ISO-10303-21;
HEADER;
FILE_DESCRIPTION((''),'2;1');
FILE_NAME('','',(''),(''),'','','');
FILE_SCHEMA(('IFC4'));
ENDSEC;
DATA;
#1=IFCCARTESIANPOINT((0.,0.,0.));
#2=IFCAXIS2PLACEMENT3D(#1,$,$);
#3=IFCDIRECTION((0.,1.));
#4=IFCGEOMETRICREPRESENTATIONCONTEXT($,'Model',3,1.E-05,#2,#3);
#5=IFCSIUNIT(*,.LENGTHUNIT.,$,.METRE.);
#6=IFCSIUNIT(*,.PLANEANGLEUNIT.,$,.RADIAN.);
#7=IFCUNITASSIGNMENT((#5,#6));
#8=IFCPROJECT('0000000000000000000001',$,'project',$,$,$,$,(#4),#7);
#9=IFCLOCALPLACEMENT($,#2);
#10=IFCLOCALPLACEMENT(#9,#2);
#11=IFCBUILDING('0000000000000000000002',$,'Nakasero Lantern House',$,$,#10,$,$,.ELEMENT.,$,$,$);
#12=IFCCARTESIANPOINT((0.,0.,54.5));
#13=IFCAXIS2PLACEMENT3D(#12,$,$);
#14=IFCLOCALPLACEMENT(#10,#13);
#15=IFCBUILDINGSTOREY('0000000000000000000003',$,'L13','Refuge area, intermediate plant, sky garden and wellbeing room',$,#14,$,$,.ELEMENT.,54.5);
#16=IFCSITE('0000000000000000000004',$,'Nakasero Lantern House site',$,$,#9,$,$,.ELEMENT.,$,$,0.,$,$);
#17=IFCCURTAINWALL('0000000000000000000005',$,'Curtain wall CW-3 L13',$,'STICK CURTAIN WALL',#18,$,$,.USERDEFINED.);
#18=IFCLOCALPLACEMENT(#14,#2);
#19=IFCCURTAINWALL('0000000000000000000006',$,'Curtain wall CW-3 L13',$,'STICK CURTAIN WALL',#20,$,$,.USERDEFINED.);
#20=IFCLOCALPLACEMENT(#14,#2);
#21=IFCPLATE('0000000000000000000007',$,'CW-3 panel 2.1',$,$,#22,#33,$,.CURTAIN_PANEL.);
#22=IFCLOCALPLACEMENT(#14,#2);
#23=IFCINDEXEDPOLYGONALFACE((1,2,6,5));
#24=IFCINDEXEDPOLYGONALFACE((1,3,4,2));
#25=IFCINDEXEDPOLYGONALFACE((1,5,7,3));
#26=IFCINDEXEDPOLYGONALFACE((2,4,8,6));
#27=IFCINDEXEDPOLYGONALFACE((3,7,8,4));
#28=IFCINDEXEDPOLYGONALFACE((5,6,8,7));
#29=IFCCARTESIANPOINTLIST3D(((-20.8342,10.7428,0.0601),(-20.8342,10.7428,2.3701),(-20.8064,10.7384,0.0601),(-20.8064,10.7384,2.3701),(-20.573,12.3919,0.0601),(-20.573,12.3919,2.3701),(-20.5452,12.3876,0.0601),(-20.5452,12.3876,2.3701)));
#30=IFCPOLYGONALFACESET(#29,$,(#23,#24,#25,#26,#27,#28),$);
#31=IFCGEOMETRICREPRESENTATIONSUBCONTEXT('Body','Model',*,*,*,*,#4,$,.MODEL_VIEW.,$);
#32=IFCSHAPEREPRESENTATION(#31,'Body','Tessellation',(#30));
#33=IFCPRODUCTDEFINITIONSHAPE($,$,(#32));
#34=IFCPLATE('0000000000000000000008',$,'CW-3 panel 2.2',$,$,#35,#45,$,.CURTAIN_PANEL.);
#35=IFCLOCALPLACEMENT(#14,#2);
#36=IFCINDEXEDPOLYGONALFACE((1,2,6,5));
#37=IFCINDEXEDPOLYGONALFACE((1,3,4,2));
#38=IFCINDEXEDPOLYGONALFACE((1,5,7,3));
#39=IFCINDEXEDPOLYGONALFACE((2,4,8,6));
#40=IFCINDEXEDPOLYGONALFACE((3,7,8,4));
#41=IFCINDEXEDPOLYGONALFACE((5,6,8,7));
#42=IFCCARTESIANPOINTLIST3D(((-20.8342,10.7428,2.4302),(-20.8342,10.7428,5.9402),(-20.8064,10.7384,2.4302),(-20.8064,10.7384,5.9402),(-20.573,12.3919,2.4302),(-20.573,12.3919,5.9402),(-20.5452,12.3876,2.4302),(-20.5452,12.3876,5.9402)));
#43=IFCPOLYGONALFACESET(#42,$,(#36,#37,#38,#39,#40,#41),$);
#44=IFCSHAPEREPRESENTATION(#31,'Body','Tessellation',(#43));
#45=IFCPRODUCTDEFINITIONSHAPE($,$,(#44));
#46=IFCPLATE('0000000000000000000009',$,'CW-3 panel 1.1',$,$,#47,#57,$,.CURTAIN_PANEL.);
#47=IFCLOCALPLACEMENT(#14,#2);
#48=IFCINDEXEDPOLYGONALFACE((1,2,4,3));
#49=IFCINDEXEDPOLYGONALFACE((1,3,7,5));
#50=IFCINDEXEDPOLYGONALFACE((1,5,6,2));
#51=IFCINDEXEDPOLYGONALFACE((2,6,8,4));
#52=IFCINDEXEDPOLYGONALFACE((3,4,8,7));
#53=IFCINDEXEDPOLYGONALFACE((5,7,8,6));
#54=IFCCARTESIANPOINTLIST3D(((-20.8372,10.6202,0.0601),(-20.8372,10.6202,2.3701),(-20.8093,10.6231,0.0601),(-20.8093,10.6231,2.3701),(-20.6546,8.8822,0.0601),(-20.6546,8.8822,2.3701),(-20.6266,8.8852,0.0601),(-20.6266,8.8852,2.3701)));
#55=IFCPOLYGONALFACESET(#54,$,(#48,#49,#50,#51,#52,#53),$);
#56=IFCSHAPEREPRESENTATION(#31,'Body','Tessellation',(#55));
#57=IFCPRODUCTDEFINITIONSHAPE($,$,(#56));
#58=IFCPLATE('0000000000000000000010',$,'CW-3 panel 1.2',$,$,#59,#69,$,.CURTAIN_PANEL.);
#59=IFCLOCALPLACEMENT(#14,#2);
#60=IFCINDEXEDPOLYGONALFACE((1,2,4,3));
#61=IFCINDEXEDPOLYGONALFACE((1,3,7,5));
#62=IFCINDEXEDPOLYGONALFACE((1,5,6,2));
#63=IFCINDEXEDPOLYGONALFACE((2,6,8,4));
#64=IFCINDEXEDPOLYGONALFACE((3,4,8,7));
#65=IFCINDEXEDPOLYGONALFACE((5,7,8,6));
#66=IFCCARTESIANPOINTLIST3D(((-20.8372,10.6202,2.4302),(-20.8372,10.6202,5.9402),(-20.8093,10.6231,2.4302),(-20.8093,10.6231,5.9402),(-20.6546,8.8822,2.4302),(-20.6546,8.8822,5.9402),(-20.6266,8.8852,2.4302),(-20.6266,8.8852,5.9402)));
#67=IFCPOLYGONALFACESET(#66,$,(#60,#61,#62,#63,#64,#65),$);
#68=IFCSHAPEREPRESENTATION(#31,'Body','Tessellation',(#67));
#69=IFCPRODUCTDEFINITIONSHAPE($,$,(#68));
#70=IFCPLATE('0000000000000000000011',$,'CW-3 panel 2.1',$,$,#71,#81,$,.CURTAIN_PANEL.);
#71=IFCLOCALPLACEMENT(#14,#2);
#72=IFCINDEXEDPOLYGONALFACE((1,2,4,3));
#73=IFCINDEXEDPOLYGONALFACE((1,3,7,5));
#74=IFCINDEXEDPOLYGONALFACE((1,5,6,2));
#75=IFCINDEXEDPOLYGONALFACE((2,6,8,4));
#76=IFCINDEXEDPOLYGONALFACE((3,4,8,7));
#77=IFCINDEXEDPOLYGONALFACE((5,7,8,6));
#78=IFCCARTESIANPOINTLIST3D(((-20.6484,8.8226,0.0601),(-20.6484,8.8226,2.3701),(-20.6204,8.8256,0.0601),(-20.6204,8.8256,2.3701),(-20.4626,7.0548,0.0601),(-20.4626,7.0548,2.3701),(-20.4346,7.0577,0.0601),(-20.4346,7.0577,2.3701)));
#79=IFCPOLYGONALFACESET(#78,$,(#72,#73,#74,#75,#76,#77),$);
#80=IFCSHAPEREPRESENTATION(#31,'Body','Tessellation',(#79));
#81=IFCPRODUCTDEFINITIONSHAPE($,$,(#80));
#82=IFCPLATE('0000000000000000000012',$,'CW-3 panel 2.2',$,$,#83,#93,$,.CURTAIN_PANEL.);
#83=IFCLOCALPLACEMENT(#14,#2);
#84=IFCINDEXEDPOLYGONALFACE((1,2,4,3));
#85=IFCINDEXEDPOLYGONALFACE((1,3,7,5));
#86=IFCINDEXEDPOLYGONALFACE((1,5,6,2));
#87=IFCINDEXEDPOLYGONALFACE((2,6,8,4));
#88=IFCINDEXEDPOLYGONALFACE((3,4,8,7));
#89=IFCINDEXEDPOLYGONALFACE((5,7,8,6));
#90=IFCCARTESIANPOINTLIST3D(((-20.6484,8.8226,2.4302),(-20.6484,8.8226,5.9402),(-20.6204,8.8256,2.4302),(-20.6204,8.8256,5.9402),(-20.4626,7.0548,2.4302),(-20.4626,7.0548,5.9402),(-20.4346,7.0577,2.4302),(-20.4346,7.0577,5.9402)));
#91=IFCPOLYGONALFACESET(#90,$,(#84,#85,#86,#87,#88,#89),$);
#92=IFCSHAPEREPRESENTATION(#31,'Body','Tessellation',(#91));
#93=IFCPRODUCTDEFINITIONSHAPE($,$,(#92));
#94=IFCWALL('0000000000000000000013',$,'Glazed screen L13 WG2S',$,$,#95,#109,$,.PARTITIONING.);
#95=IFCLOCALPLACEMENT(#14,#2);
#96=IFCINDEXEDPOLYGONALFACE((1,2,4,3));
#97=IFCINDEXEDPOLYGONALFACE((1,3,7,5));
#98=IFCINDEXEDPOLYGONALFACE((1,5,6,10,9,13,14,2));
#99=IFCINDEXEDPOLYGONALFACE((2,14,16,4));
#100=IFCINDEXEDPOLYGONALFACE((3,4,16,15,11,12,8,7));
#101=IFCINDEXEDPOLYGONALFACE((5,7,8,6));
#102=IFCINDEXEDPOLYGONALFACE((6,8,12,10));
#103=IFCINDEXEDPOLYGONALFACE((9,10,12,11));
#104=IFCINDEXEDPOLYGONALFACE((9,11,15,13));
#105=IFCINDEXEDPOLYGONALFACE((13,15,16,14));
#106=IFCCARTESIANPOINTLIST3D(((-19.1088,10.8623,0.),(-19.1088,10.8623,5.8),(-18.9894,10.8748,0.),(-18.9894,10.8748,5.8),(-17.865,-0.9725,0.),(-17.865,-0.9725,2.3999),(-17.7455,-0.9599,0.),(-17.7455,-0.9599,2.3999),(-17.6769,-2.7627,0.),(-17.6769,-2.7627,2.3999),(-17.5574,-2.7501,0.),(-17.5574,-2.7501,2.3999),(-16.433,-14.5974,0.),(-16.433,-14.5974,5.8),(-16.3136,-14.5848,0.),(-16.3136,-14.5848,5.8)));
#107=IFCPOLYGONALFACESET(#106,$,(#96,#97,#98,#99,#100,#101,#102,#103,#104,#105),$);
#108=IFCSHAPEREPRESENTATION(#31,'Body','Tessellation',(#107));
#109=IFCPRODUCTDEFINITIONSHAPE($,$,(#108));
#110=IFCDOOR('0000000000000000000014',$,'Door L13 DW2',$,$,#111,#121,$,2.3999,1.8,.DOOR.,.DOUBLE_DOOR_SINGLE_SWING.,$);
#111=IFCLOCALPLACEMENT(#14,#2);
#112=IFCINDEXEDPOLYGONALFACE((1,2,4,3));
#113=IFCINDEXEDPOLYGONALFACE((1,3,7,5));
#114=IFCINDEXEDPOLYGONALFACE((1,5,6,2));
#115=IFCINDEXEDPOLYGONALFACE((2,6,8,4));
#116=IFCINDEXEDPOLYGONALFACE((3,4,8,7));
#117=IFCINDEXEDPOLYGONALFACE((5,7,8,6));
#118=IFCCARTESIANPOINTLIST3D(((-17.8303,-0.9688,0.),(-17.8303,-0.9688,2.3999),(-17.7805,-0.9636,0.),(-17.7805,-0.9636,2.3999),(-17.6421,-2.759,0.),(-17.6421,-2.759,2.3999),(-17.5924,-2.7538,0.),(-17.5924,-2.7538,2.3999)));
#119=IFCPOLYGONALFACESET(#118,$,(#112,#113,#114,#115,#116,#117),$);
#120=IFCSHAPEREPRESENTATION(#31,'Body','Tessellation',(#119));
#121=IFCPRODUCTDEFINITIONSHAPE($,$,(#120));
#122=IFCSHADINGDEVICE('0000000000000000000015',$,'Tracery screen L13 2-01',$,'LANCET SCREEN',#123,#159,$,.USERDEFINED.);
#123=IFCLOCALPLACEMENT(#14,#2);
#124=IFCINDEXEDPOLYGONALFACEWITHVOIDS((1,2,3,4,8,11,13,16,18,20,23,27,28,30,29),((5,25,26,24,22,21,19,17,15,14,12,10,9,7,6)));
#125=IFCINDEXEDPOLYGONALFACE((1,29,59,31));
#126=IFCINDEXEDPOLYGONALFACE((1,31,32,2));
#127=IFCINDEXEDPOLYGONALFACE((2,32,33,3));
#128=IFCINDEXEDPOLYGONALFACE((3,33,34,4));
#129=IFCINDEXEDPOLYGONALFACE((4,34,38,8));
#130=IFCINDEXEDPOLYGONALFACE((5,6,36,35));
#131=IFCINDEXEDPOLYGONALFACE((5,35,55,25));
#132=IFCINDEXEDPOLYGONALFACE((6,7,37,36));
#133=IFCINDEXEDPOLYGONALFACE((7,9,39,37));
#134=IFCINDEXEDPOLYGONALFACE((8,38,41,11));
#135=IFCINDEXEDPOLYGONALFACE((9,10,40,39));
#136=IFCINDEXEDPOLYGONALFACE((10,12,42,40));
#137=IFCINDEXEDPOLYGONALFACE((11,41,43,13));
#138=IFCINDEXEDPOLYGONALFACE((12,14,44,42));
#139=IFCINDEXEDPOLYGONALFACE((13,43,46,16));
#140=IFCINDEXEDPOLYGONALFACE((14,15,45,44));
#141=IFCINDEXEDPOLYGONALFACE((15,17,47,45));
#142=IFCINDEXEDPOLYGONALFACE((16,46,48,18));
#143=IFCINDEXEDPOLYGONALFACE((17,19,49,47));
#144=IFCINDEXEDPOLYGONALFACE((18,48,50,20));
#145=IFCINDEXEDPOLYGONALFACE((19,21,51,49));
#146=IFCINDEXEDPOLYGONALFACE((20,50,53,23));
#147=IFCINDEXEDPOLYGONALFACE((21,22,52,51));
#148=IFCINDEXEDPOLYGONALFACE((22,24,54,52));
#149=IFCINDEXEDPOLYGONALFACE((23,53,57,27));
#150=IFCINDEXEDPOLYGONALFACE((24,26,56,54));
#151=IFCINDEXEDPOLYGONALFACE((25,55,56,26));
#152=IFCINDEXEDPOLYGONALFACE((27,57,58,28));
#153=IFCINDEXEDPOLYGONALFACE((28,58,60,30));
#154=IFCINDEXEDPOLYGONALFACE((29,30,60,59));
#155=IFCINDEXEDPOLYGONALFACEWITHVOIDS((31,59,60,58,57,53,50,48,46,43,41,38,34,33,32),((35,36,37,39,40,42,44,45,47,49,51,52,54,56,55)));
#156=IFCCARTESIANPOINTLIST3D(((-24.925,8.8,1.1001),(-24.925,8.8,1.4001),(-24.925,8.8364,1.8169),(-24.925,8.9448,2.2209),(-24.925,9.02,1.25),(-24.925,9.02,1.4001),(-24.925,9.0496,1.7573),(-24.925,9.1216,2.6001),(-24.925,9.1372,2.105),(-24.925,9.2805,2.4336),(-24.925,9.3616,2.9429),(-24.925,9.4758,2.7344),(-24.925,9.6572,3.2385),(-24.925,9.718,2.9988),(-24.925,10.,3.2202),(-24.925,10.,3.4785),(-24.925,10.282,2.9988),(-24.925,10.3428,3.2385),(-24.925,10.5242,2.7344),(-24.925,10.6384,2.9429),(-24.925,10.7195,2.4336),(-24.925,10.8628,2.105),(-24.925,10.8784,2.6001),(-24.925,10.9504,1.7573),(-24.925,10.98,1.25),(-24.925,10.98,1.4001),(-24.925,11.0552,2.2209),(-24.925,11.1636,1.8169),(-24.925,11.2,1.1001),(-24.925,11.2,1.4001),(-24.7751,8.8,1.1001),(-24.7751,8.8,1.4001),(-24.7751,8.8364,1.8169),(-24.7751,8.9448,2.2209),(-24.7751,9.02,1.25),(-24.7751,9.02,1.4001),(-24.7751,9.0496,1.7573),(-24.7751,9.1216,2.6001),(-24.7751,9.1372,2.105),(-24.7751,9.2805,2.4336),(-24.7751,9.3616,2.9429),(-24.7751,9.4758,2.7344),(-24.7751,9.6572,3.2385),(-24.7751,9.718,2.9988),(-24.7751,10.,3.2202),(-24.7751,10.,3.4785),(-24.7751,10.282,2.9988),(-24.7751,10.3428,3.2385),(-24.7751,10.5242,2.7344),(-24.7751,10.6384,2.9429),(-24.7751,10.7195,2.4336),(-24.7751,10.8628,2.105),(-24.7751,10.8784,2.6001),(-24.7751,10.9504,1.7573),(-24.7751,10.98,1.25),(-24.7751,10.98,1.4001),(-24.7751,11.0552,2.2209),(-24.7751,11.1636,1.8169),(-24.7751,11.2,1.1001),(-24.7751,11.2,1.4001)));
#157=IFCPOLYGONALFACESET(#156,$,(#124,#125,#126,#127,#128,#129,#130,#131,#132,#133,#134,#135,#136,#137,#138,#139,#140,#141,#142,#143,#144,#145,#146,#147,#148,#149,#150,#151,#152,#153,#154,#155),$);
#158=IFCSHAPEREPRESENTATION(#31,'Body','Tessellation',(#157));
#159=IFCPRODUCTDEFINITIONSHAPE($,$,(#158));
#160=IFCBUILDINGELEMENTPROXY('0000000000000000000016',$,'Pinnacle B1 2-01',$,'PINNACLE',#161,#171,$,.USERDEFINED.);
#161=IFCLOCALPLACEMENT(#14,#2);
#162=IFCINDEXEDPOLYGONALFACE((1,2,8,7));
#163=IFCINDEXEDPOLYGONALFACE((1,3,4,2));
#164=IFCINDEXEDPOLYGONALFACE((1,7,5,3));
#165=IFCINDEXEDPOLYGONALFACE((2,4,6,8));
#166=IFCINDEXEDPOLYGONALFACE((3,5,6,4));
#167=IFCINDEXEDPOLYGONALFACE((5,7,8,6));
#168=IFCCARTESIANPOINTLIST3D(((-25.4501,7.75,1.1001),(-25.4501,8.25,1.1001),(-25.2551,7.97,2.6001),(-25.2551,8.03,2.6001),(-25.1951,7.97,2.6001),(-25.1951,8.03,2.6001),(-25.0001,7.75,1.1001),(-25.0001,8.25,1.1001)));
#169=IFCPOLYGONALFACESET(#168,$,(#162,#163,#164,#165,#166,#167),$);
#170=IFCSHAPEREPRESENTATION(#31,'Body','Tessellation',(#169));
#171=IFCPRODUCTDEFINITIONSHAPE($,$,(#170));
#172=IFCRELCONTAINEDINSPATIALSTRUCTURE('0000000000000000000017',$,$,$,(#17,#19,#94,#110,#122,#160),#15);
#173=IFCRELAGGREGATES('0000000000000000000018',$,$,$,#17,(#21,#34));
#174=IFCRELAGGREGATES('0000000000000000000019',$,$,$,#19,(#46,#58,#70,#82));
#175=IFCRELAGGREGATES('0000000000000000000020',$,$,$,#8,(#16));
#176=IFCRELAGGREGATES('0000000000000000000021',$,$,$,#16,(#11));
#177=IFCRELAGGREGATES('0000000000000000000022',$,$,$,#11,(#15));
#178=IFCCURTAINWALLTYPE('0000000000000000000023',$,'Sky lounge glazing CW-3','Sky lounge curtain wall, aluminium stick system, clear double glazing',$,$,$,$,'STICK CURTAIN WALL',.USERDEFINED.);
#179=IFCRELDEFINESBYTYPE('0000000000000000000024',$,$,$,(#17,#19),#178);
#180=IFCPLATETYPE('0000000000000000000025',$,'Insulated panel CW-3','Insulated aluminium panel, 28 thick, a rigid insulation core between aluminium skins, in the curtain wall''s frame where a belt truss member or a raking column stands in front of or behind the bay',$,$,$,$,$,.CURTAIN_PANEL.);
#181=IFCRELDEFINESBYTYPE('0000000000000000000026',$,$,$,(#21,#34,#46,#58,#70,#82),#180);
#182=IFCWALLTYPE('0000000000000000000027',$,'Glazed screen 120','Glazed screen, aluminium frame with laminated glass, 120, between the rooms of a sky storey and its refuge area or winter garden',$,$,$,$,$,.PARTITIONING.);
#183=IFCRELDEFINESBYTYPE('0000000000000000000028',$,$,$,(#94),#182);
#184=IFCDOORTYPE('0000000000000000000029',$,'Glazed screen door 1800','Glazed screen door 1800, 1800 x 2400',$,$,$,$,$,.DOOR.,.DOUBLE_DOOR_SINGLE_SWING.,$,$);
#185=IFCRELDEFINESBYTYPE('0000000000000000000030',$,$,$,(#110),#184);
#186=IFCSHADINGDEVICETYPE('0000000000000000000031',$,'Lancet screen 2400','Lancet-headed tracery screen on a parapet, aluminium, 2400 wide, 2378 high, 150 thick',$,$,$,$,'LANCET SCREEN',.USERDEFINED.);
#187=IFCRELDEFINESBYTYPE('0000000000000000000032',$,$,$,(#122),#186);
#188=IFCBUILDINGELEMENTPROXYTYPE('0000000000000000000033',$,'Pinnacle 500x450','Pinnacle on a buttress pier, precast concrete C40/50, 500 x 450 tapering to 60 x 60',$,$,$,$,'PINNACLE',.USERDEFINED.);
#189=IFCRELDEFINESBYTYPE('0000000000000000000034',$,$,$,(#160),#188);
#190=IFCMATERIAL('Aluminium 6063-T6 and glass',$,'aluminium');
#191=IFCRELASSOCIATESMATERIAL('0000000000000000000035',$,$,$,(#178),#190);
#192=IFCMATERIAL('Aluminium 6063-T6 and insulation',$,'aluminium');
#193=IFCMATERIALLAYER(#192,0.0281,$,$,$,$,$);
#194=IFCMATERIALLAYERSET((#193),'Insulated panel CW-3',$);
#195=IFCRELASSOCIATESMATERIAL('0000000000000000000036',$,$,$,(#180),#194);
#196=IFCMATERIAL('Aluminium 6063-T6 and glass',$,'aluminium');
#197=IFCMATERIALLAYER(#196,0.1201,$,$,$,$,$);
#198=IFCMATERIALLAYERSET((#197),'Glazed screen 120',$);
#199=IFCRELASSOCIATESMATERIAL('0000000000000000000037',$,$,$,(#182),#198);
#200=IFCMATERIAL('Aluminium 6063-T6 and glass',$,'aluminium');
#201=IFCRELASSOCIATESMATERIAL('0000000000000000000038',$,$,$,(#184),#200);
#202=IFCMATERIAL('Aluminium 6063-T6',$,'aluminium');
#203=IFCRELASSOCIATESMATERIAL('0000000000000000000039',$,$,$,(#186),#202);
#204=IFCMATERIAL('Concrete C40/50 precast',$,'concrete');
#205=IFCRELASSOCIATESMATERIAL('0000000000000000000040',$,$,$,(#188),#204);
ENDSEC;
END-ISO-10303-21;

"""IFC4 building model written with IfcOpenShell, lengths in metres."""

from ifc_helpers import new_model, entity, si_unit, direction, frame, frame_2d, origin, origin_2d, place, context, subcontext, project, spatial, polyline, rectangle, outline, extrude, material, layer, layer_set, type_object, element, fill, aggregate, save


model = new_model("IFC4")

# Units and contexts
model_context = context("Model", 3, precision=1e-05, world=origin(), true_north=direction((0.0, 1.0)))
body_context = subcontext(model_context, "Body", "Model", "MODEL_VIEW")
ifc_project = project(units=[si_unit("LENGTHUNIT", "METRE"), si_unit("PLANEANGLEUNIT", "RADIAN")], contexts=[model_context])

# Site, building, storey
site_placement = place(None, origin())
site = spatial("IfcSite", under=ifc_project, at=site_placement, Name="Nakasero Lantern House site", CompositionType="ELEMENT", RefElevation=0.0)
building_placement = place(site_placement, origin())
building = spatial("IfcBuilding", under=site, at=building_placement, Name="Nakasero Lantern House", CompositionType="ELEMENT")
storey_placement = place(building_placement, frame((0.0, 0.0, 54.5)))
storey = spatial("IfcBuildingStorey", under=building, at=storey_placement, Name="L13", Description="Refuge area, intermediate plant, sky garden and wellbeing room", CompositionType="ELEMENT", Elevation=54.5)

# Curtain wall
ifc_material_1 = material(Name="Aluminium 6063-T6 and glass", Category="aluminium")
curtain_wall_type = type_object("IfcCurtainWallType", Name="Sky lounge glazing CW-3", Description="Sky lounge curtain wall, aluminium stick system, clear double glazing", ElementType="STICK CURTAIN WALL", PredefinedType="USERDEFINED", material=ifc_material_1)
curtain_wall_1_placement = place(storey_placement, origin())
curtain_wall_1 = element("IfcCurtainWall", 1, at=curtain_wall_1_placement, inside=storey, type_object=curtain_wall_type, Name="Curtain wall CW-3 L13", ObjectType="STICK CURTAIN WALL", PredefinedType="USERDEFINED")

# Curtain wall
curtain_wall_2_placement = place(storey_placement, origin())
curtain_wall_2 = element("IfcCurtainWall", 2, at=curtain_wall_2_placement, inside=storey, type_object=curtain_wall_type, Name="Curtain wall CW-3 L13", ObjectType="STICK CURTAIN WALL", PredefinedType="USERDEFINED")

# Plates
ifc_material_2 = material(Name="Aluminium 6063-T6 and insulation", Category="aluminium")
ifc_layer_1 = layer(ifc_material_2, 0.0281)
ifc_layer_set_1 = layer_set([ifc_layer_1], Name="Insulated panel CW-3")
plate_type = type_object("IfcPlateType", Name="Insulated panel CW-3", Description="Insulated aluminium panel, 28 thick, a rigid insulation core between aluminium skins, in the curtain wall's frame where a belt truss member or a raking column stands in front of or behind the bay", PredefinedType="CURTAIN_PANEL", material=ifc_layer_set_1)
plate_1_placement = place(storey_placement, frame((-20.6897, 11.5652, 0.0601), z_axis=(0.0, 0.0, 1.0), x_axis=(-0.156434, -0.987688, 0.0)))
plate_1 = element("IfcPlate", 3, at=plate_1_placement, type_object=plate_type, Name="CW-3 panel 2.1", PredefinedType="CURTAIN_PANEL", context=body_context, shape_type="SweptSolid", body=[
    extrude(rectangle(XDim=1.6697, YDim=0.0281, at=origin_2d()), origin(), (0.0, 0.0, 1.0), 2.3101),
])
plate_2_placement = place(storey_placement, frame((-20.6897, 11.5652, 2.4302), z_axis=(0.0, 0.0, 1.0), x_axis=(-0.156434, -0.987688, 0.0)))
plate_2 = element("IfcPlate", 4, at=plate_2_placement, type_object=plate_type, Name="CW-3 panel 2.2", PredefinedType="CURTAIN_PANEL", context=body_context, shape_type="SweptSolid", body=[
    extrude(rectangle(XDim=1.6697, YDim=0.0281, at=origin_2d()), origin(), (0.0, 0.0, 1.0), 3.51),
])
aggregate(curtain_wall_1, [plate_1, plate_2])
plate_3_placement = place(storey_placement, frame((-20.7319, 9.7527, 0.0601), z_axis=(0.0, 0.0, 1.0), x_axis=(0.104528, -0.994522, 0.0)))
plate_3 = element("IfcPlate", 5, at=plate_3_placement, type_object=plate_type, Name="CW-3 panel 1.1", PredefinedType="CURTAIN_PANEL", context=body_context, shape_type="SweptSolid", body=[
    extrude(rectangle(XDim=1.7476, YDim=0.0281, at=origin_2d()), origin(), (0.0, 0.0, 1.0), 2.3101),
])
plate_4_placement = place(storey_placement, frame((-20.7319, 9.7527, 2.4302), z_axis=(0.0, 0.0, 1.0), x_axis=(0.104528, -0.994522, 0.0)))
plate_4 = element("IfcPlate", 6, at=plate_4_placement, type_object=plate_type, Name="CW-3 panel 1.2", PredefinedType="CURTAIN_PANEL", context=body_context, shape_type="SweptSolid", body=[
    extrude(rectangle(XDim=1.7476, YDim=0.0281, at=origin_2d()), origin(), (0.0, 0.0, 1.0), 3.51),
])
plate_5_placement = place(storey_placement, frame((-20.5415, 7.9402, 0.0601), z_axis=(0.0, 0.0, 1.0), x_axis=(0.104528, -0.994522, 0.0)))
plate_5 = element("IfcPlate", 7, at=plate_5_placement, type_object=plate_type, Name="CW-3 panel 2.1", PredefinedType="CURTAIN_PANEL", context=body_context, shape_type="SweptSolid", body=[
    extrude(rectangle(XDim=1.7776, YDim=0.0281, at=origin_2d()), origin(), (0.0, 0.0, 1.0), 2.3101),
])
plate_6_placement = place(storey_placement, frame((-20.5415, 7.9402, 2.4302), z_axis=(0.0, 0.0, 1.0), x_axis=(0.104528, -0.994522, 0.0)))
plate_6 = element("IfcPlate", 8, at=plate_6_placement, type_object=plate_type, Name="CW-3 panel 2.2", PredefinedType="CURTAIN_PANEL", context=body_context, shape_type="SweptSolid", body=[
    extrude(rectangle(XDim=1.7776, YDim=0.0281, at=origin_2d()), origin(), (0.0, 0.0, 1.0), 3.51),
])
aggregate(curtain_wall_2, [plate_3, plate_4, plate_5, plate_6])

# Wall, opening, door
ifc_material_3 = material(Name="Aluminium 6063-T6 and glass", Category="aluminium")
ifc_layer_2 = layer(ifc_material_3, 0.1201)
ifc_layer_set_2 = layer_set([ifc_layer_2], Name="Glazed screen 120")
wall_type = type_object("IfcWallType", Name="Glazed screen 120", Description="Glazed screen, aluminium frame with laminated glass, 120, between the rooms of a sky storey and its refuge area or winter garden", PredefinedType="PARTITIONING", material=ifc_layer_set_2)
wall_placement = place(storey_placement, frame((-19.0491, 10.8684, 0.0), z_axis=(0.0, 0.0, 1.0), x_axis=(0.104523, -0.994522, 0.0)))
wall = element("IfcWall", 9, at=wall_placement, inside=storey, type_object=wall_type, Name="Glazed screen L13 WG2S", PredefinedType="PARTITIONING", context=body_context, shape_type="SweptSolid", body=[
    extrude(rectangle(XDim=25.5999, YDim=0.1201, at=frame_2d((12.7998, 0.0))), origin(), (0.0, 0.0, 1.0), 5.8),
])
opening_placement = place(wall_placement, frame((11.8999, 0.0, 0.0)))
opening = element("IfcOpeningElement", 10, at=opening_placement, cuts=wall, PredefinedType="OPENING", context=body_context, shape_type="SweptSolid", body=[
    extrude(rectangle(XDim=1.8, YDim=2.3999, at=frame_2d((0.8999, 1.2))), frame((0.0, 0.0801, 0.0), z_axis=(0.0, -1.0, 0.0), x_axis=(1.0, 0.0, 0.0)), (0.0, 0.0, 1.0), 0.1602),
])
ifc_material_4 = material(Name="Aluminium 6063-T6 and glass", Category="aluminium")
door_type = type_object("IfcDoorType", Name="Glazed screen door 1800", Description="Glazed screen door 1800, 1800 x 2400", OperationType="DOUBLE_DOOR_SINGLE_SWING", PredefinedType="DOOR", material=ifc_material_4)
door_placement = place(opening_placement, origin())
door = element("IfcDoor", 11, at=door_placement, inside=storey, type_object=door_type, Name="Door L13 DW2", OperationType="DOUBLE_DOOR_SINGLE_SWING", OverallHeight=2.3999, OverallWidth=1.8, PredefinedType="DOOR", context=body_context, shape_type="SweptSolid", body=[
    extrude(rectangle(XDim=1.8, YDim=2.3999, at=frame_2d((0.8999, 1.2))), frame((0.0, 0.0249, 0.0), z_axis=(0.0, -1.0, 0.0), x_axis=(1.0, 0.0, 0.0)), (0.0, 0.0, 1.0), 0.05),
])
fill(opening, door)

# Shading device
ifc_material_5 = material(Name="Aluminium 6063-T6", Category="aluminium")
shading_device_type = type_object("IfcShadingDeviceType", Name="Lancet screen 2400", Description="Lancet-headed tracery screen on a parapet, aluminium, 2400 wide, 2378 high, 150 thick", ElementType="LANCET SCREEN", PredefinedType="USERDEFINED", material=ifc_material_5)
shading_device_placement = place(storey_placement, frame((-24.8501, 10.0, 1.1001), z_axis=(0.0, 0.0, 1.0), x_axis=(0.0, -1.0, 0.0)))
element("IfcShadingDevice", 12, at=shading_device_placement, inside=storey, type_object=shading_device_type, Name="Tracery screen L13 2-01", ObjectType="LANCET SCREEN", PredefinedType="USERDEFINED", context=body_context, shape_type="SweptSolid", body=[
    extrude(outline(polyline([(-1.2, 0.0), (1.2, 0.0), (1.2, 0.3), (1.1636, 0.7168), (1.0552, 1.1208), (0.8784, 1.5), (0.6384, 1.8428), (0.3428, 2.1384), (0.0, 2.3784), (-0.3428, 2.1384), (-0.6384, 1.8428), (-0.8784, 1.5), (-1.0552, 1.1208), (-1.1636, 0.7168), (-1.2, 0.3), (-1.2, 0.0)]), holes=[polyline([(-0.98, 0.1499), (0.98, 0.1499), (0.98, 0.3), (0.9504, 0.6572), (0.8628, 1.0049), (0.7195, 1.3335), (0.5242, 1.6343), (0.282, 1.8987), (0.0, 2.1201), (-0.282, 1.8987), (-0.5242, 1.6343), (-0.7195, 1.3335), (-0.8628, 1.0049), (-0.9504, 0.6572), (-0.98, 0.3), (-0.98, 0.1499)])]), frame((0.0, 0.075, 0.0), z_axis=(0.0, -1.0, 0.0), x_axis=(1.0, 0.0, 0.0)), (0.0, 0.0, 1.0), 0.1499),
])

# Building element proxy
ifc_material_6 = material(Name="Concrete C40/50 precast", Category="concrete")
building_element_proxy_type = type_object("IfcBuildingElementProxyType", Name="Pinnacle 500x450", Description="Pinnacle on a buttress pier, precast concrete C40/50, 500 x 450 tapering to 60 x 60", ElementType="PINNACLE", PredefinedType="USERDEFINED", material=ifc_material_6)
proxy_placement = place(storey_placement, frame((-25.2251, 8.0, 1.1001), z_axis=(0.0, 0.0, 1.0), x_axis=(-1.0, 0.0, 0.0)))
element("IfcBuildingElementProxy", 13, at=proxy_placement, inside=storey, type_object=building_element_proxy_type, Name="Pinnacle B1 2-01", ObjectType="PINNACLE", PredefinedType="USERDEFINED", context=body_context, shape_type="SweptSolid", body=[
    entity("IfcExtrudedAreaSolidTapered", entity("IfcRectangleProfileDef", "AREA", None, entity("IfcAxis2Placement2D", entity("IfcCartesianPoint", [0.0, 0.0])), 0.45, 0.5), entity("IfcAxis2Placement3D", entity("IfcCartesianPoint", [0.0, 0.0, 0.0])), entity("IfcDirection", [0.0, 0.0, 1.0]), 1.5, entity("IfcRectangleProfileDef", "AREA", None, entity("IfcAxis2Placement2D", entity("IfcCartesianPoint", [0.0, 0.0])), 0.0601, 0.0601)),
])

save(model, "model.ifc")
